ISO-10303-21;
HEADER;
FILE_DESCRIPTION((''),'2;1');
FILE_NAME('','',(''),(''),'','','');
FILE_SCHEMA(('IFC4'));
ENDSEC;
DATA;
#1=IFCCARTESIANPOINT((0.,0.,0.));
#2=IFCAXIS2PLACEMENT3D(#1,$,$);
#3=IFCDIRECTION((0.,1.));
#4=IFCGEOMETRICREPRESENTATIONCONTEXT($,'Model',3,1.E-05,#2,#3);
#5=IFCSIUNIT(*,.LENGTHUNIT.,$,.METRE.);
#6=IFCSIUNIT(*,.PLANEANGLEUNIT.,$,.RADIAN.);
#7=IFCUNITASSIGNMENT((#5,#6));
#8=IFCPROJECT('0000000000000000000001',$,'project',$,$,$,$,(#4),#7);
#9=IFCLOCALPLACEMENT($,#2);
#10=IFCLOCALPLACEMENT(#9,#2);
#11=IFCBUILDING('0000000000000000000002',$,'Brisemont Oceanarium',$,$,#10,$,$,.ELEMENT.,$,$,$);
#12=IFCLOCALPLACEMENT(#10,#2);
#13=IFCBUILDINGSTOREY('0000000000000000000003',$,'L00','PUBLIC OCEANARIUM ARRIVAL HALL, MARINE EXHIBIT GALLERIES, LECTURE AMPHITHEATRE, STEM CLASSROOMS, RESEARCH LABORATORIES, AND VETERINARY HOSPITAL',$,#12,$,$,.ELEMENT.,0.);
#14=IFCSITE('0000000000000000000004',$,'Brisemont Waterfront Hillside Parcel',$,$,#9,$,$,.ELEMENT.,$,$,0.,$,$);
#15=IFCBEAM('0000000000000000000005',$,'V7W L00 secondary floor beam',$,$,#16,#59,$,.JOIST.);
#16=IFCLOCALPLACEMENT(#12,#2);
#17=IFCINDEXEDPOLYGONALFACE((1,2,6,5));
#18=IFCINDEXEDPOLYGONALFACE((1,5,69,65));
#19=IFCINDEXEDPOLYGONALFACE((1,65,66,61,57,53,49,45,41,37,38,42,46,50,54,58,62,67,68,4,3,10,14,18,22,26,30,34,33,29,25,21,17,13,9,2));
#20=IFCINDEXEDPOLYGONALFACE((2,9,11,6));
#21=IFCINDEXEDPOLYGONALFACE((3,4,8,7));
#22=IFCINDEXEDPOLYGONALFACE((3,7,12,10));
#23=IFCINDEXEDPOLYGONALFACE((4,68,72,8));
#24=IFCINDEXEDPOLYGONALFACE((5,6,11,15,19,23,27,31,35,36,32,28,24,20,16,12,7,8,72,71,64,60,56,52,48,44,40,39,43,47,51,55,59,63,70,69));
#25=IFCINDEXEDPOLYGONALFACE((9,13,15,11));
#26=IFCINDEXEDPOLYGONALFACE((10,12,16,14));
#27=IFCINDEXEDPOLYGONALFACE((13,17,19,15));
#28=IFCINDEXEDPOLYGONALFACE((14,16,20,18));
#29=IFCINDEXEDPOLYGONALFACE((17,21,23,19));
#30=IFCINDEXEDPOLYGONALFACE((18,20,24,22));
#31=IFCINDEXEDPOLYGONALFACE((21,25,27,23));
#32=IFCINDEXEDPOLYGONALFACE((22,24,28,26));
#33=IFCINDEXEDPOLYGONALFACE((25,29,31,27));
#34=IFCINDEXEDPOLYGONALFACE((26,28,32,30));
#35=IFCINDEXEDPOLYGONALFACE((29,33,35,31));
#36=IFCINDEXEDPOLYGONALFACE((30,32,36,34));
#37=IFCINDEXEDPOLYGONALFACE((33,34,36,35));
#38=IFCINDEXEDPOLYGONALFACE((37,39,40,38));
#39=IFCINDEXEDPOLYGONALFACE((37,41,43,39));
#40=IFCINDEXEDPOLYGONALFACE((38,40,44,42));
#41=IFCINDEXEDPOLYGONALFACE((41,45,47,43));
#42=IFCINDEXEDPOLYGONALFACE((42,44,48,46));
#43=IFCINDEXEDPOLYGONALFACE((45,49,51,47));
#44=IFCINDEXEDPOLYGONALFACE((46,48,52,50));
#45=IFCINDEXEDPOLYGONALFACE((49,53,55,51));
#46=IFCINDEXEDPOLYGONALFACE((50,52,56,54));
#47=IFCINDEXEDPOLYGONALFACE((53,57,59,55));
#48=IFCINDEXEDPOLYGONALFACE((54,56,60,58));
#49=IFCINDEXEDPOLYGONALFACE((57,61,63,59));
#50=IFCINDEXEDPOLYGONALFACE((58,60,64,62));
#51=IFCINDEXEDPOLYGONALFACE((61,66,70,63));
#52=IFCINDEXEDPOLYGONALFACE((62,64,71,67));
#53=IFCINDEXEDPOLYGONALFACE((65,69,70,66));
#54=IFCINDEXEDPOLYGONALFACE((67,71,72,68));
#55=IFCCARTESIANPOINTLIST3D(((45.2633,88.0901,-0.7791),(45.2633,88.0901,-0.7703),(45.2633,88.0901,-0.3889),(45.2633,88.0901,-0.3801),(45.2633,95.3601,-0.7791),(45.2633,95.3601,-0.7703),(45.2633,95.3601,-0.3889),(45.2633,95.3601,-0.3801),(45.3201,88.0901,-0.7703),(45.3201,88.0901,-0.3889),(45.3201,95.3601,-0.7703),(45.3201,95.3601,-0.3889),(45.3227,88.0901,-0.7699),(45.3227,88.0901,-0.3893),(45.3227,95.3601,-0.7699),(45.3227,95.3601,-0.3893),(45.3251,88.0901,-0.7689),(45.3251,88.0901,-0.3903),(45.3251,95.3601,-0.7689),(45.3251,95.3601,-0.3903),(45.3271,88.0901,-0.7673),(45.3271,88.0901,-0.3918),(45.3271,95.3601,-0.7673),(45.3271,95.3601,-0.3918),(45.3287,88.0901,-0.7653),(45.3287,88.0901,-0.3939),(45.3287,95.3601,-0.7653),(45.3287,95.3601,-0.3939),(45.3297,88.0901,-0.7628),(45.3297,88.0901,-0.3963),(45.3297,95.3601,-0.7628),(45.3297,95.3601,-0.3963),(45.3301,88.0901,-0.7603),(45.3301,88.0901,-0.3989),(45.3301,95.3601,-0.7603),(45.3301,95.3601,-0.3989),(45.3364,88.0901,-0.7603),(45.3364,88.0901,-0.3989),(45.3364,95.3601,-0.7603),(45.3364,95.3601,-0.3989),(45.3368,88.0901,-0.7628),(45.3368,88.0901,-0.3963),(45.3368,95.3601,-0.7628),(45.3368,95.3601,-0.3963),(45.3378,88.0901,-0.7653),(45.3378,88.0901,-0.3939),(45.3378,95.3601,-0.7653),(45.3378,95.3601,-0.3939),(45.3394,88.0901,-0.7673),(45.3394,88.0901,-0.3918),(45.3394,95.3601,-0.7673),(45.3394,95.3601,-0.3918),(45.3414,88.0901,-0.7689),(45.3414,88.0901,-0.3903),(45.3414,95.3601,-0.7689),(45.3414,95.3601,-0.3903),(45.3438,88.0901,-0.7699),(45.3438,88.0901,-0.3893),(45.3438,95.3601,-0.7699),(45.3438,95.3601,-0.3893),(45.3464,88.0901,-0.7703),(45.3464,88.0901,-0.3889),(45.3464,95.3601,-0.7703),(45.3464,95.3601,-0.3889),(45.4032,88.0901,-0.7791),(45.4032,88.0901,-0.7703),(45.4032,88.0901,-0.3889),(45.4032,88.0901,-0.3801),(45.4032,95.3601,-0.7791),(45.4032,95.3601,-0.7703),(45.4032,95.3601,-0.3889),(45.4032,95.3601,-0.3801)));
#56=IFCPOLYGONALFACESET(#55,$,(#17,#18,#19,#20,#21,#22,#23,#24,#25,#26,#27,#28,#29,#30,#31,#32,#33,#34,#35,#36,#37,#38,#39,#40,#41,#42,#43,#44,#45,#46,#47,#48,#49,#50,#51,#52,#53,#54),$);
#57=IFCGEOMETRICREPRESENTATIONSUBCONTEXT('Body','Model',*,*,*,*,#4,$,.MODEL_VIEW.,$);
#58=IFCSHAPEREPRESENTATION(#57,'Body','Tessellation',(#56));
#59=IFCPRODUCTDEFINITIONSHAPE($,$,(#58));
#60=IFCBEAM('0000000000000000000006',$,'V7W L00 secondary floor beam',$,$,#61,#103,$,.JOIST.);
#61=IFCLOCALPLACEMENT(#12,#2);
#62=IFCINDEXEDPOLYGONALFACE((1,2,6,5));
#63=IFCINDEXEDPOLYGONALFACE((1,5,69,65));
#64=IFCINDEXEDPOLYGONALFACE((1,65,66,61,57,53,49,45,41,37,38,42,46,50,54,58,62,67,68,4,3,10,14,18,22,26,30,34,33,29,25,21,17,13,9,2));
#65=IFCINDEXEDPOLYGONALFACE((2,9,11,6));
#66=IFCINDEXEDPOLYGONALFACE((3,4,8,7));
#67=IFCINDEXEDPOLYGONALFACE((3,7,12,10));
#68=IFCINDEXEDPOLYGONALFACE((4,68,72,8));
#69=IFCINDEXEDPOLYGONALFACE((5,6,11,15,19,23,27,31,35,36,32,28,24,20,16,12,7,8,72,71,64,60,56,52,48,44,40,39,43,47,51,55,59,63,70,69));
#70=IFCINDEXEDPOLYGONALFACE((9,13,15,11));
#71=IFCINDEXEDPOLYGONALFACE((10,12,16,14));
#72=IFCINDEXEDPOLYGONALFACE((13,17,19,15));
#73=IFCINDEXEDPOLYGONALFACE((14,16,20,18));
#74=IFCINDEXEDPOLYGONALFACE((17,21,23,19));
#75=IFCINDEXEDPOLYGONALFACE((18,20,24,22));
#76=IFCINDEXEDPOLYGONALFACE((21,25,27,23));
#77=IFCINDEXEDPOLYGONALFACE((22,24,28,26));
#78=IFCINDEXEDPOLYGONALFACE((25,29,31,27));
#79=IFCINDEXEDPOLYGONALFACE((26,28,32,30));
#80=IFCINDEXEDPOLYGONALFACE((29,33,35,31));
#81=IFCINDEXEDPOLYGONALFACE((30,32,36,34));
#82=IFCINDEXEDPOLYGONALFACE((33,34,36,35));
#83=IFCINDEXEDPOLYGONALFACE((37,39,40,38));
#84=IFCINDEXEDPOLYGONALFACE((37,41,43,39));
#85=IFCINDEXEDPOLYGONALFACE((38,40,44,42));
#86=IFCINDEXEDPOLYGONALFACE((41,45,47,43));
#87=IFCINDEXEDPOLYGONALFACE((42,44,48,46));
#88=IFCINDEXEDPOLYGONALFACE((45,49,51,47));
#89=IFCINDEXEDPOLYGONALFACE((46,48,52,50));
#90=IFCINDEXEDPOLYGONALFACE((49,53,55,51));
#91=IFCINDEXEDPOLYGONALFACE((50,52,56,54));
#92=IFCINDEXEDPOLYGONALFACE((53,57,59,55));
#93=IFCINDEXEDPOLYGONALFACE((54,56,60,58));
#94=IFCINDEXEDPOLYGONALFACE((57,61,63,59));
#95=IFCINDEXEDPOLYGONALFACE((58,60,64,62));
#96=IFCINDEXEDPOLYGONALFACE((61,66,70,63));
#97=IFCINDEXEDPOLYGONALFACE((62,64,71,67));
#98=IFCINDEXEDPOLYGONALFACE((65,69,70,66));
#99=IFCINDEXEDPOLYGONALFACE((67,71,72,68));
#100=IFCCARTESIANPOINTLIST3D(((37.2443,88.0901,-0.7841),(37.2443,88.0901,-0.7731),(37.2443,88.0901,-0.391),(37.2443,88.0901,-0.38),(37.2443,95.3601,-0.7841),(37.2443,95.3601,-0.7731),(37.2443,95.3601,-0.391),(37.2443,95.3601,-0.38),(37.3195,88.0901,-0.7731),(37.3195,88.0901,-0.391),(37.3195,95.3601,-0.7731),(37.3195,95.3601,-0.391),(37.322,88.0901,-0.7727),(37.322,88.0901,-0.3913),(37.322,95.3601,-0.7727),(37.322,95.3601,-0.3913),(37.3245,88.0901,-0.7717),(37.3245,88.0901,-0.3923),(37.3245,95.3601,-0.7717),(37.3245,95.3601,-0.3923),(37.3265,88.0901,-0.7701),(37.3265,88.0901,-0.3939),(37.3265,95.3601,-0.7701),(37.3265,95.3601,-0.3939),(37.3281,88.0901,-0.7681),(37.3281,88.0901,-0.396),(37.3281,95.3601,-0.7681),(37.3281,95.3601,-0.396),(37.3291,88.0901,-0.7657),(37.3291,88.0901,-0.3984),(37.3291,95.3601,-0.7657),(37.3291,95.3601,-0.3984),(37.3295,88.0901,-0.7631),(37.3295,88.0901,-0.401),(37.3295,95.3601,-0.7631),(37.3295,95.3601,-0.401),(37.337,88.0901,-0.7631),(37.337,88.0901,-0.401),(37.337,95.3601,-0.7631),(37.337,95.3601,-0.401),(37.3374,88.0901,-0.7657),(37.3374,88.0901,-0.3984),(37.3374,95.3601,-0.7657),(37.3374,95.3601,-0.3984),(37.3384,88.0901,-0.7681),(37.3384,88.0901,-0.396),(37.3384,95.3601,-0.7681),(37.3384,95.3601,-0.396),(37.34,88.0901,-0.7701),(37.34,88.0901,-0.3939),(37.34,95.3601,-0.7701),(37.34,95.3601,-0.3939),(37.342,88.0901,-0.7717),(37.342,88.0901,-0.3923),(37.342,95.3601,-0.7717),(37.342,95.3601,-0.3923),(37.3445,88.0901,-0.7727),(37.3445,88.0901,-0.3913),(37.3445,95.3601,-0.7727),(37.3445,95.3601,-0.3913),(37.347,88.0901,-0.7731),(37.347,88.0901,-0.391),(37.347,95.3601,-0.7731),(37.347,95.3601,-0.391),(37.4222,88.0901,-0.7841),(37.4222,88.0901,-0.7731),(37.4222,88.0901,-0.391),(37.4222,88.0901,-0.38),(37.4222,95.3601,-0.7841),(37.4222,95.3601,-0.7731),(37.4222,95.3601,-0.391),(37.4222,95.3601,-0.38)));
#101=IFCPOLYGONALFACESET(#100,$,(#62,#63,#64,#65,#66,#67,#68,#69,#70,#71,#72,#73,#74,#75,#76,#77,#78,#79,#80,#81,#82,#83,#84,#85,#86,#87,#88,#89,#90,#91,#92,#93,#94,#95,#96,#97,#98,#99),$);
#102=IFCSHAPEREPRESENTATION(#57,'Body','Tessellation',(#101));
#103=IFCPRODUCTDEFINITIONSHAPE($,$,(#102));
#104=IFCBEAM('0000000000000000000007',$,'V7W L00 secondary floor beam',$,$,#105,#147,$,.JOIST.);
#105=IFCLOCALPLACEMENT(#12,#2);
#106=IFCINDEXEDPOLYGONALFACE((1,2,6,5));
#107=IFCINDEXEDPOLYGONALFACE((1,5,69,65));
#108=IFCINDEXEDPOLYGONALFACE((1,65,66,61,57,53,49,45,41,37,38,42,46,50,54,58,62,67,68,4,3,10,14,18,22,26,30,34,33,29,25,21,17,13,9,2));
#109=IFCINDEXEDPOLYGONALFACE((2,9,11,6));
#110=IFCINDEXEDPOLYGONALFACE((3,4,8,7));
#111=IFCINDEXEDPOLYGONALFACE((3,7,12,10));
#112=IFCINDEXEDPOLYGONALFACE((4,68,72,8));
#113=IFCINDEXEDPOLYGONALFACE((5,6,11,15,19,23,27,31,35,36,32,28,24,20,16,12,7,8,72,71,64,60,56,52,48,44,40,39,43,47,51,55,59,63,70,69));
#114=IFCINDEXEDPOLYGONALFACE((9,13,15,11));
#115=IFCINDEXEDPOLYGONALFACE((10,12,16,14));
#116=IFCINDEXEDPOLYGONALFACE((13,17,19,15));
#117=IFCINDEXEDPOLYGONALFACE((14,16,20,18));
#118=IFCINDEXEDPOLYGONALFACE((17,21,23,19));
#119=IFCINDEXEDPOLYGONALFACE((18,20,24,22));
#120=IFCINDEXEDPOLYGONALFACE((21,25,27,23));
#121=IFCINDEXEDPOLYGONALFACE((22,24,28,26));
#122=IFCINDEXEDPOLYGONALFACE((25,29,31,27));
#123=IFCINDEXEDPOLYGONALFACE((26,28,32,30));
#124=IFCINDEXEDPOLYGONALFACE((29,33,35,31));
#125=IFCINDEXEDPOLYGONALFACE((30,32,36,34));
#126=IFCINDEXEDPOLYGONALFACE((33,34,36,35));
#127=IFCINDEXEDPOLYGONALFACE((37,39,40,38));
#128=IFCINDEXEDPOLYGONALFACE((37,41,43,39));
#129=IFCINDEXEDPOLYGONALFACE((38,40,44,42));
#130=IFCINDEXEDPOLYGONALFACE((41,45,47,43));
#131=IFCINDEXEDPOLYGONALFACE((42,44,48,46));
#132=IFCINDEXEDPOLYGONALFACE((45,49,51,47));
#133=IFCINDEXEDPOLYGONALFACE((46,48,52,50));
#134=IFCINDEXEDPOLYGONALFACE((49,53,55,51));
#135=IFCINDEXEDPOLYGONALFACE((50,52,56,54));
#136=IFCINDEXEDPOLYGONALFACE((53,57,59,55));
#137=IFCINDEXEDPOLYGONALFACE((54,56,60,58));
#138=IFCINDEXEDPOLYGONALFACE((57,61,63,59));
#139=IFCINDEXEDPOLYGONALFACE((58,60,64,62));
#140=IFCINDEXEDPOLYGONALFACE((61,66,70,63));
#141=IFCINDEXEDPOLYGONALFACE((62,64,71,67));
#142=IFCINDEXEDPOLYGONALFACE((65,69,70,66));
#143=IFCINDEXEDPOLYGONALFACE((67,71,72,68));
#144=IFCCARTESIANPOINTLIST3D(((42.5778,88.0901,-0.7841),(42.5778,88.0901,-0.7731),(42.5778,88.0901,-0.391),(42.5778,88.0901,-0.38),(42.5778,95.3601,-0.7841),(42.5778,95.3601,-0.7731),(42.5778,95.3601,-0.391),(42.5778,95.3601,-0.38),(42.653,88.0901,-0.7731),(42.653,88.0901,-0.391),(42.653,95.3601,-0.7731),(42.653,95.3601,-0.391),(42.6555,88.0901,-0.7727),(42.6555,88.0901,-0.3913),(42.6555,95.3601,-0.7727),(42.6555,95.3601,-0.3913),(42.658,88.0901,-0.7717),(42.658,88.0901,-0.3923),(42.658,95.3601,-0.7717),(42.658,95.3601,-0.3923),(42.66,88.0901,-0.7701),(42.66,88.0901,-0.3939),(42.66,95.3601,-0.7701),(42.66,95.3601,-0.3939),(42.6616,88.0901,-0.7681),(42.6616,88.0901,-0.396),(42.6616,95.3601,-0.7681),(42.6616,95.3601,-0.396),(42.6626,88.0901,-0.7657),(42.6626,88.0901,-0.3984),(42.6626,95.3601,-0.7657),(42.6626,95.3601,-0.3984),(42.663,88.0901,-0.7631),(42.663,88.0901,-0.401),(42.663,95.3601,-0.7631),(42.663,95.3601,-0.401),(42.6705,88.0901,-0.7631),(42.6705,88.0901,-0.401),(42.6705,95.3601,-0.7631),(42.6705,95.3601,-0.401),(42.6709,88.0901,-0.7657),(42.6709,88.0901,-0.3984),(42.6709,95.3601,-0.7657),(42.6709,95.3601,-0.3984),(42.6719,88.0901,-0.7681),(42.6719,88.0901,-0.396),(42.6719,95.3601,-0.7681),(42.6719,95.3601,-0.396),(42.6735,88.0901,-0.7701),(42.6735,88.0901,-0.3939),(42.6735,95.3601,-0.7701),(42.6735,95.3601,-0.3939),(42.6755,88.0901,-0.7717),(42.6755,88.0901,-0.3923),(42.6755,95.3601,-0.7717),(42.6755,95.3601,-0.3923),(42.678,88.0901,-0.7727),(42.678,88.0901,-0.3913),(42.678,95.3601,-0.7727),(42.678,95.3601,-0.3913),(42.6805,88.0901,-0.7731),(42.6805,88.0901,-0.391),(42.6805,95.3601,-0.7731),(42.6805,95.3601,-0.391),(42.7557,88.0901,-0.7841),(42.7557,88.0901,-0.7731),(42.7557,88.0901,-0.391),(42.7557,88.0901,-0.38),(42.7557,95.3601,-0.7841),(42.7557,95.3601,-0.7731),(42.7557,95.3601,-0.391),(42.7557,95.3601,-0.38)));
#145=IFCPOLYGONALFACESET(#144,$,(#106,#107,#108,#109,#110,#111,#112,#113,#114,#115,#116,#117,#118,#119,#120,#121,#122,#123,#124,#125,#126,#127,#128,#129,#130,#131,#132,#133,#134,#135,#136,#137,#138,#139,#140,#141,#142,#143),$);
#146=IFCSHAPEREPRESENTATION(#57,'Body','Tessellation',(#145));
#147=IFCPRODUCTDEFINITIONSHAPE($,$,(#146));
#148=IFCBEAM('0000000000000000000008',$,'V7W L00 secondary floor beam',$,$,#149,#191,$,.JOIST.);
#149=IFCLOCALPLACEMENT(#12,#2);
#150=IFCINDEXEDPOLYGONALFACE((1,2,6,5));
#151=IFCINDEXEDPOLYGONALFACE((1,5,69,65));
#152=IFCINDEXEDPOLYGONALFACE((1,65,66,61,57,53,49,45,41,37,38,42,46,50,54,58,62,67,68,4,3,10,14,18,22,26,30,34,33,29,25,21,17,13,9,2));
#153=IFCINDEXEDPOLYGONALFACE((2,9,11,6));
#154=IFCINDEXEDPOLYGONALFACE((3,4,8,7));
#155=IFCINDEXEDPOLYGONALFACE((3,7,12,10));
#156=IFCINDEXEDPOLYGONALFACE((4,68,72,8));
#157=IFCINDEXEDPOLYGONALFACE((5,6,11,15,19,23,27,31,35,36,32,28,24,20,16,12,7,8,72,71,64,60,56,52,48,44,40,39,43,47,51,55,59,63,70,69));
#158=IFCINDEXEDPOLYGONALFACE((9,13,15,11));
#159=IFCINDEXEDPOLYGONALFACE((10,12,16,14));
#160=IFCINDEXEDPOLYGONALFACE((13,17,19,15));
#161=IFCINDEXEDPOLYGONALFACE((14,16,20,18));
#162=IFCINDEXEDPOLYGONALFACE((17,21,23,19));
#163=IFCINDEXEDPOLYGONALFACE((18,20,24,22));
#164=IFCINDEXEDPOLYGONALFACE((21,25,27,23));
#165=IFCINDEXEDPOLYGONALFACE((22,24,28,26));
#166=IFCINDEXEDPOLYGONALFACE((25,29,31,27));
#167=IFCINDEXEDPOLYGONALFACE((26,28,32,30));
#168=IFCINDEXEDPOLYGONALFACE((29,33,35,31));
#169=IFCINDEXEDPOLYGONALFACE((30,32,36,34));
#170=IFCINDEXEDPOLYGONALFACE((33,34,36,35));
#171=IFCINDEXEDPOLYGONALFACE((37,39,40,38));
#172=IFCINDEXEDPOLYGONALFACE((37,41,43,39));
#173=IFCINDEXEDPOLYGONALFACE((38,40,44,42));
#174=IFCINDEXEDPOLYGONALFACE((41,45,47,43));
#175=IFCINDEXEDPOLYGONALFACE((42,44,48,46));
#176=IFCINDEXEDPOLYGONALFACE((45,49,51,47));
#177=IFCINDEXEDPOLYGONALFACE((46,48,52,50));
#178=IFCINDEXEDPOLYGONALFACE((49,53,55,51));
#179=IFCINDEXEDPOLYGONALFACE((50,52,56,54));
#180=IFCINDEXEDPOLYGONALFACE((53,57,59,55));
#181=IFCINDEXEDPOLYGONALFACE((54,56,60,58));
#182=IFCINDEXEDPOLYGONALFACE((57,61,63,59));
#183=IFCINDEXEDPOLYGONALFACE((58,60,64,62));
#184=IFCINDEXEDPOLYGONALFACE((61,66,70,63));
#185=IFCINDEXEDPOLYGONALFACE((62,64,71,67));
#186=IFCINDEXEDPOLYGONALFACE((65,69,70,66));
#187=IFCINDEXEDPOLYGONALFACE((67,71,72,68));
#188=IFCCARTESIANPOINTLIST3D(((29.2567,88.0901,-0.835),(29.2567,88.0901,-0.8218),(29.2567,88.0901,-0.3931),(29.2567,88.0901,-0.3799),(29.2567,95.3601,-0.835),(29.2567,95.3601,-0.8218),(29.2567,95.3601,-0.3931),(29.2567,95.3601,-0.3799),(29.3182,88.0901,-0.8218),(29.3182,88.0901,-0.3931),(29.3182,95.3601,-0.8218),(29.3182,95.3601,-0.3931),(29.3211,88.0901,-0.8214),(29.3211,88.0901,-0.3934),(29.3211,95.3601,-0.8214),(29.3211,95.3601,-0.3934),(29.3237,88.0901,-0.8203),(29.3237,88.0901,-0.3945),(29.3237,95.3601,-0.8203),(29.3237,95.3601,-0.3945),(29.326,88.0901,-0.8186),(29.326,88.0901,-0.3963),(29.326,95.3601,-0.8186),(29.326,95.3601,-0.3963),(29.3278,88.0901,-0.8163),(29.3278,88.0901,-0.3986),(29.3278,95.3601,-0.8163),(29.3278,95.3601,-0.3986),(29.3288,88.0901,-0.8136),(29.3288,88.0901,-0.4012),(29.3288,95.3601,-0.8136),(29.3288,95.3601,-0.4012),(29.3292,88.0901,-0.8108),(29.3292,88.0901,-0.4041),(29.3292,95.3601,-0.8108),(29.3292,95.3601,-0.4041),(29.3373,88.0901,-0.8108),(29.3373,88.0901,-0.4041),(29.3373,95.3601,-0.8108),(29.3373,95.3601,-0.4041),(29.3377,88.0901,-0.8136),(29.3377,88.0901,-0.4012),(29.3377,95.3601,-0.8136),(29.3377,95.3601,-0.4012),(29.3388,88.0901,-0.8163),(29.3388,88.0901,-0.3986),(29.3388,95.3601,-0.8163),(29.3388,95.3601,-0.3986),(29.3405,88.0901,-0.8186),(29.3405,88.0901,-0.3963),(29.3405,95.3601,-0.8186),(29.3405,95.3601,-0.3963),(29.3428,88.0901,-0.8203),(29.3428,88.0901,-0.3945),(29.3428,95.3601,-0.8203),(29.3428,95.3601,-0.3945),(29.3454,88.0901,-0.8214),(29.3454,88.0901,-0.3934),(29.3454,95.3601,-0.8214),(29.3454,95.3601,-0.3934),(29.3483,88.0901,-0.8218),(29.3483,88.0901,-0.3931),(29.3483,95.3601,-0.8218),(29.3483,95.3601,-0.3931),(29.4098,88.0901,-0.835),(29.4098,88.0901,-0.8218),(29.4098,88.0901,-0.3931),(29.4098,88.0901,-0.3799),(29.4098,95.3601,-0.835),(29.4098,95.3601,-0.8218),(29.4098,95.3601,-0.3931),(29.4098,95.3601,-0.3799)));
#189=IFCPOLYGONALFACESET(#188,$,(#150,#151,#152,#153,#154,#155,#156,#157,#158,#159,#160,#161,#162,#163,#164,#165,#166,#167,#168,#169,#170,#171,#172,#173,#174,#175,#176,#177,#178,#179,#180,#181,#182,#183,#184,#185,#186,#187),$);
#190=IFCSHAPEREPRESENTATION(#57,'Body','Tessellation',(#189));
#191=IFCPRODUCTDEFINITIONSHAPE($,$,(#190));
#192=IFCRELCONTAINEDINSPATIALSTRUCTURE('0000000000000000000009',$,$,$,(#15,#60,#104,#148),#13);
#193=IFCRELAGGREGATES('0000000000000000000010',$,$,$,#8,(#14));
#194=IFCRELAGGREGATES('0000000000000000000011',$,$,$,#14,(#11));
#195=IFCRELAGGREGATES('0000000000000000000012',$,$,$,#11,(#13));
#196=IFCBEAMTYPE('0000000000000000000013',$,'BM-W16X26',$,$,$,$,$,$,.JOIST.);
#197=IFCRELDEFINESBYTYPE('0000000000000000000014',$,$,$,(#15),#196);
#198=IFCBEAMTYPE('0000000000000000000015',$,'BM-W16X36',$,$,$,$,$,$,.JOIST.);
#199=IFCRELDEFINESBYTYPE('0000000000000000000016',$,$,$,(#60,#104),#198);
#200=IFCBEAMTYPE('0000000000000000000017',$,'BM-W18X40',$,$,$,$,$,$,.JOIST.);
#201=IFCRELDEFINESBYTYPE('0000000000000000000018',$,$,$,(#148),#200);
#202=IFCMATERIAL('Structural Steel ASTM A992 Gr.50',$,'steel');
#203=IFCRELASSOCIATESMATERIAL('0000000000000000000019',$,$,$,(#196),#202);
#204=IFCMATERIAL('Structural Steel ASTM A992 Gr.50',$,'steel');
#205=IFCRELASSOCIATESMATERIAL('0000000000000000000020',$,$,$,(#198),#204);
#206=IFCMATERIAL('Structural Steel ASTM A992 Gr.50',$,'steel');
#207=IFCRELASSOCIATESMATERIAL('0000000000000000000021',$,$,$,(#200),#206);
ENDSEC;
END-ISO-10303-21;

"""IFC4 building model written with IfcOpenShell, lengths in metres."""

from ifc_helpers import new_model, si_unit, direction, frame, origin, origin_2d, place, context, subcontext, project, spatial, i_section, extrude, material, material_profile, profile_set, type_object, element, save


model = new_model("IFC4")

# Units and contexts
model_context = context("Model", 3, precision=1e-05, world=origin(), true_north=direction((0.0, 1.0)))
body_context = subcontext(model_context, "Body", "Model", "MODEL_VIEW")
ifc_project = project(units=[si_unit("LENGTHUNIT", "METRE"), si_unit("PLANEANGLEUNIT", "RADIAN")], contexts=[model_context])

# Site, building, storey
site_placement = place(None, origin())
site = spatial("IfcSite", under=ifc_project, at=site_placement, Name="Brisemont Waterfront Hillside Parcel", CompositionType="ELEMENT", RefElevation=0.0)
building_placement = place(site_placement, origin())
building = spatial("IfcBuilding", under=site, at=building_placement, Name="Brisemont Oceanarium", CompositionType="ELEMENT")
storey_placement = place(building_placement, origin())
storey = spatial("IfcBuildingStorey", under=building, at=storey_placement, Name="L00", Description="PUBLIC OCEANARIUM ARRIVAL HALL, MARINE EXHIBIT GALLERIES, LECTURE AMPHITHEATRE, STEM CLASSROOMS, RESEARCH LABORATORIES, AND VETERINARY HOSPITAL", CompositionType="ELEMENT", Elevation=0.0)

# Beams
ifc_material_1 = material(Name="Structural Steel ASTM A992 Gr.50", Category="steel")
ifc_material_profile_1 = material_profile(ifc_material_1, i_section(OverallWidth=0.1399, OverallDepth=0.3989, WebThickness=0.0063, FlangeThickness=0.0088, FilletRadius=0.01, at=origin_2d()), Name="W16X26")
ifc_profile_set_1 = profile_set([ifc_material_profile_1], Name="Structural Steel ASTM A992 Gr.50")
beam_type_1 = type_object("IfcBeamType", Name="BM-W16X26", PredefinedType="JOIST", material=ifc_profile_set_1)
beam_1_placement = place(storey_placement, frame((45.3333, 88.0901, -0.5796), z_axis=(0.0, 1.0, 0.0), x_axis=(-1.0, 0.0, 0.0)))
element("IfcBeam", 1, at=beam_1_placement, inside=storey, type_object=beam_type_1, Name="V7W L00 secondary floor beam", PredefinedType="JOIST", context=body_context, shape_type="SweptSolid", body=[
    extrude(i_section(OverallWidth=0.1399, OverallDepth=0.3989, WebThickness=0.0063, FlangeThickness=0.0088, FilletRadius=0.01, at=origin_2d()), origin(), (0.0, 0.0, 1.0), 7.27),
])
ifc_material_2 = material(Name="Structural Steel ASTM A992 Gr.50", Category="steel")
ifc_material_profile_2 = material_profile(ifc_material_2, i_section(OverallWidth=0.178, OverallDepth=0.4041, WebThickness=0.0076, FlangeThickness=0.011, FilletRadius=0.01, at=origin_2d()), Name="W16X36")
ifc_profile_set_2 = profile_set([ifc_material_profile_2], Name="Structural Steel ASTM A992 Gr.50")
beam_type_2 = type_object("IfcBeamType", Name="BM-W16X36", PredefinedType="JOIST", material=ifc_profile_set_2)
for number, where, z_axis, x_axis, name in (
    (2, (37.3333, 88.0901, -0.582), (0.0, 1.0, 0.0), (-1.0, 0.0, 0.0), "V7W L00 secondary floor beam"),
    (3, (42.6667, 88.0901, -0.582), (0.0, 1.0, 0.0), (-1.0, 0.0, 0.0), "V7W L00 secondary floor beam"),
):
    element("IfcBeam", number, at=place(storey_placement, frame(where, z_axis=z_axis, x_axis=x_axis)), inside=storey, type_object=beam_type_2, Name=name, PredefinedType="JOIST", context=body_context, shape_type="SweptSolid", body=[
        extrude(i_section(OverallWidth=0.178, OverallDepth=0.4041, WebThickness=0.0076, FlangeThickness=0.011, FilletRadius=0.01, at=origin_2d()), origin(), (0.0, 0.0, 1.0), 7.27),
    ])
ifc_material_3 = material(Name="Structural Steel ASTM A992 Gr.50", Category="steel")
ifc_material_profile_3 = material_profile(ifc_material_3, i_section(OverallWidth=0.1531, OverallDepth=0.4551, WebThickness=0.0081, FlangeThickness=0.0132, FilletRadius=0.011, at=origin_2d()), Name="W18X40")
ifc_profile_set_3 = profile_set([ifc_material_profile_3], Name="Structural Steel ASTM A992 Gr.50")
beam_type_3 = type_object("IfcBeamType", Name="BM-W18X40", PredefinedType="JOIST", material=ifc_profile_set_3)
for number, where, z_axis, x_axis, name in (
    (4, (29.3333, 88.0901, -0.6074), (0.0, 1.0, 0.0), (-1.0, 0.0, 0.0), "V7W L00 secondary floor beam"),
):
    element("IfcBeam", number, at=place(storey_placement, frame(where, z_axis=z_axis, x_axis=x_axis)), inside=storey, type_object=beam_type_3, Name=name, PredefinedType="JOIST", context=body_context, shape_type="SweptSolid", body=[
        extrude(i_section(OverallWidth=0.1531, OverallDepth=0.4551, WebThickness=0.0081, FlangeThickness=0.0132, FilletRadius=0.011, at=origin_2d()), origin(), (0.0, 0.0, 1.0), 7.27),
    ])

save(model, "model.ifc")
